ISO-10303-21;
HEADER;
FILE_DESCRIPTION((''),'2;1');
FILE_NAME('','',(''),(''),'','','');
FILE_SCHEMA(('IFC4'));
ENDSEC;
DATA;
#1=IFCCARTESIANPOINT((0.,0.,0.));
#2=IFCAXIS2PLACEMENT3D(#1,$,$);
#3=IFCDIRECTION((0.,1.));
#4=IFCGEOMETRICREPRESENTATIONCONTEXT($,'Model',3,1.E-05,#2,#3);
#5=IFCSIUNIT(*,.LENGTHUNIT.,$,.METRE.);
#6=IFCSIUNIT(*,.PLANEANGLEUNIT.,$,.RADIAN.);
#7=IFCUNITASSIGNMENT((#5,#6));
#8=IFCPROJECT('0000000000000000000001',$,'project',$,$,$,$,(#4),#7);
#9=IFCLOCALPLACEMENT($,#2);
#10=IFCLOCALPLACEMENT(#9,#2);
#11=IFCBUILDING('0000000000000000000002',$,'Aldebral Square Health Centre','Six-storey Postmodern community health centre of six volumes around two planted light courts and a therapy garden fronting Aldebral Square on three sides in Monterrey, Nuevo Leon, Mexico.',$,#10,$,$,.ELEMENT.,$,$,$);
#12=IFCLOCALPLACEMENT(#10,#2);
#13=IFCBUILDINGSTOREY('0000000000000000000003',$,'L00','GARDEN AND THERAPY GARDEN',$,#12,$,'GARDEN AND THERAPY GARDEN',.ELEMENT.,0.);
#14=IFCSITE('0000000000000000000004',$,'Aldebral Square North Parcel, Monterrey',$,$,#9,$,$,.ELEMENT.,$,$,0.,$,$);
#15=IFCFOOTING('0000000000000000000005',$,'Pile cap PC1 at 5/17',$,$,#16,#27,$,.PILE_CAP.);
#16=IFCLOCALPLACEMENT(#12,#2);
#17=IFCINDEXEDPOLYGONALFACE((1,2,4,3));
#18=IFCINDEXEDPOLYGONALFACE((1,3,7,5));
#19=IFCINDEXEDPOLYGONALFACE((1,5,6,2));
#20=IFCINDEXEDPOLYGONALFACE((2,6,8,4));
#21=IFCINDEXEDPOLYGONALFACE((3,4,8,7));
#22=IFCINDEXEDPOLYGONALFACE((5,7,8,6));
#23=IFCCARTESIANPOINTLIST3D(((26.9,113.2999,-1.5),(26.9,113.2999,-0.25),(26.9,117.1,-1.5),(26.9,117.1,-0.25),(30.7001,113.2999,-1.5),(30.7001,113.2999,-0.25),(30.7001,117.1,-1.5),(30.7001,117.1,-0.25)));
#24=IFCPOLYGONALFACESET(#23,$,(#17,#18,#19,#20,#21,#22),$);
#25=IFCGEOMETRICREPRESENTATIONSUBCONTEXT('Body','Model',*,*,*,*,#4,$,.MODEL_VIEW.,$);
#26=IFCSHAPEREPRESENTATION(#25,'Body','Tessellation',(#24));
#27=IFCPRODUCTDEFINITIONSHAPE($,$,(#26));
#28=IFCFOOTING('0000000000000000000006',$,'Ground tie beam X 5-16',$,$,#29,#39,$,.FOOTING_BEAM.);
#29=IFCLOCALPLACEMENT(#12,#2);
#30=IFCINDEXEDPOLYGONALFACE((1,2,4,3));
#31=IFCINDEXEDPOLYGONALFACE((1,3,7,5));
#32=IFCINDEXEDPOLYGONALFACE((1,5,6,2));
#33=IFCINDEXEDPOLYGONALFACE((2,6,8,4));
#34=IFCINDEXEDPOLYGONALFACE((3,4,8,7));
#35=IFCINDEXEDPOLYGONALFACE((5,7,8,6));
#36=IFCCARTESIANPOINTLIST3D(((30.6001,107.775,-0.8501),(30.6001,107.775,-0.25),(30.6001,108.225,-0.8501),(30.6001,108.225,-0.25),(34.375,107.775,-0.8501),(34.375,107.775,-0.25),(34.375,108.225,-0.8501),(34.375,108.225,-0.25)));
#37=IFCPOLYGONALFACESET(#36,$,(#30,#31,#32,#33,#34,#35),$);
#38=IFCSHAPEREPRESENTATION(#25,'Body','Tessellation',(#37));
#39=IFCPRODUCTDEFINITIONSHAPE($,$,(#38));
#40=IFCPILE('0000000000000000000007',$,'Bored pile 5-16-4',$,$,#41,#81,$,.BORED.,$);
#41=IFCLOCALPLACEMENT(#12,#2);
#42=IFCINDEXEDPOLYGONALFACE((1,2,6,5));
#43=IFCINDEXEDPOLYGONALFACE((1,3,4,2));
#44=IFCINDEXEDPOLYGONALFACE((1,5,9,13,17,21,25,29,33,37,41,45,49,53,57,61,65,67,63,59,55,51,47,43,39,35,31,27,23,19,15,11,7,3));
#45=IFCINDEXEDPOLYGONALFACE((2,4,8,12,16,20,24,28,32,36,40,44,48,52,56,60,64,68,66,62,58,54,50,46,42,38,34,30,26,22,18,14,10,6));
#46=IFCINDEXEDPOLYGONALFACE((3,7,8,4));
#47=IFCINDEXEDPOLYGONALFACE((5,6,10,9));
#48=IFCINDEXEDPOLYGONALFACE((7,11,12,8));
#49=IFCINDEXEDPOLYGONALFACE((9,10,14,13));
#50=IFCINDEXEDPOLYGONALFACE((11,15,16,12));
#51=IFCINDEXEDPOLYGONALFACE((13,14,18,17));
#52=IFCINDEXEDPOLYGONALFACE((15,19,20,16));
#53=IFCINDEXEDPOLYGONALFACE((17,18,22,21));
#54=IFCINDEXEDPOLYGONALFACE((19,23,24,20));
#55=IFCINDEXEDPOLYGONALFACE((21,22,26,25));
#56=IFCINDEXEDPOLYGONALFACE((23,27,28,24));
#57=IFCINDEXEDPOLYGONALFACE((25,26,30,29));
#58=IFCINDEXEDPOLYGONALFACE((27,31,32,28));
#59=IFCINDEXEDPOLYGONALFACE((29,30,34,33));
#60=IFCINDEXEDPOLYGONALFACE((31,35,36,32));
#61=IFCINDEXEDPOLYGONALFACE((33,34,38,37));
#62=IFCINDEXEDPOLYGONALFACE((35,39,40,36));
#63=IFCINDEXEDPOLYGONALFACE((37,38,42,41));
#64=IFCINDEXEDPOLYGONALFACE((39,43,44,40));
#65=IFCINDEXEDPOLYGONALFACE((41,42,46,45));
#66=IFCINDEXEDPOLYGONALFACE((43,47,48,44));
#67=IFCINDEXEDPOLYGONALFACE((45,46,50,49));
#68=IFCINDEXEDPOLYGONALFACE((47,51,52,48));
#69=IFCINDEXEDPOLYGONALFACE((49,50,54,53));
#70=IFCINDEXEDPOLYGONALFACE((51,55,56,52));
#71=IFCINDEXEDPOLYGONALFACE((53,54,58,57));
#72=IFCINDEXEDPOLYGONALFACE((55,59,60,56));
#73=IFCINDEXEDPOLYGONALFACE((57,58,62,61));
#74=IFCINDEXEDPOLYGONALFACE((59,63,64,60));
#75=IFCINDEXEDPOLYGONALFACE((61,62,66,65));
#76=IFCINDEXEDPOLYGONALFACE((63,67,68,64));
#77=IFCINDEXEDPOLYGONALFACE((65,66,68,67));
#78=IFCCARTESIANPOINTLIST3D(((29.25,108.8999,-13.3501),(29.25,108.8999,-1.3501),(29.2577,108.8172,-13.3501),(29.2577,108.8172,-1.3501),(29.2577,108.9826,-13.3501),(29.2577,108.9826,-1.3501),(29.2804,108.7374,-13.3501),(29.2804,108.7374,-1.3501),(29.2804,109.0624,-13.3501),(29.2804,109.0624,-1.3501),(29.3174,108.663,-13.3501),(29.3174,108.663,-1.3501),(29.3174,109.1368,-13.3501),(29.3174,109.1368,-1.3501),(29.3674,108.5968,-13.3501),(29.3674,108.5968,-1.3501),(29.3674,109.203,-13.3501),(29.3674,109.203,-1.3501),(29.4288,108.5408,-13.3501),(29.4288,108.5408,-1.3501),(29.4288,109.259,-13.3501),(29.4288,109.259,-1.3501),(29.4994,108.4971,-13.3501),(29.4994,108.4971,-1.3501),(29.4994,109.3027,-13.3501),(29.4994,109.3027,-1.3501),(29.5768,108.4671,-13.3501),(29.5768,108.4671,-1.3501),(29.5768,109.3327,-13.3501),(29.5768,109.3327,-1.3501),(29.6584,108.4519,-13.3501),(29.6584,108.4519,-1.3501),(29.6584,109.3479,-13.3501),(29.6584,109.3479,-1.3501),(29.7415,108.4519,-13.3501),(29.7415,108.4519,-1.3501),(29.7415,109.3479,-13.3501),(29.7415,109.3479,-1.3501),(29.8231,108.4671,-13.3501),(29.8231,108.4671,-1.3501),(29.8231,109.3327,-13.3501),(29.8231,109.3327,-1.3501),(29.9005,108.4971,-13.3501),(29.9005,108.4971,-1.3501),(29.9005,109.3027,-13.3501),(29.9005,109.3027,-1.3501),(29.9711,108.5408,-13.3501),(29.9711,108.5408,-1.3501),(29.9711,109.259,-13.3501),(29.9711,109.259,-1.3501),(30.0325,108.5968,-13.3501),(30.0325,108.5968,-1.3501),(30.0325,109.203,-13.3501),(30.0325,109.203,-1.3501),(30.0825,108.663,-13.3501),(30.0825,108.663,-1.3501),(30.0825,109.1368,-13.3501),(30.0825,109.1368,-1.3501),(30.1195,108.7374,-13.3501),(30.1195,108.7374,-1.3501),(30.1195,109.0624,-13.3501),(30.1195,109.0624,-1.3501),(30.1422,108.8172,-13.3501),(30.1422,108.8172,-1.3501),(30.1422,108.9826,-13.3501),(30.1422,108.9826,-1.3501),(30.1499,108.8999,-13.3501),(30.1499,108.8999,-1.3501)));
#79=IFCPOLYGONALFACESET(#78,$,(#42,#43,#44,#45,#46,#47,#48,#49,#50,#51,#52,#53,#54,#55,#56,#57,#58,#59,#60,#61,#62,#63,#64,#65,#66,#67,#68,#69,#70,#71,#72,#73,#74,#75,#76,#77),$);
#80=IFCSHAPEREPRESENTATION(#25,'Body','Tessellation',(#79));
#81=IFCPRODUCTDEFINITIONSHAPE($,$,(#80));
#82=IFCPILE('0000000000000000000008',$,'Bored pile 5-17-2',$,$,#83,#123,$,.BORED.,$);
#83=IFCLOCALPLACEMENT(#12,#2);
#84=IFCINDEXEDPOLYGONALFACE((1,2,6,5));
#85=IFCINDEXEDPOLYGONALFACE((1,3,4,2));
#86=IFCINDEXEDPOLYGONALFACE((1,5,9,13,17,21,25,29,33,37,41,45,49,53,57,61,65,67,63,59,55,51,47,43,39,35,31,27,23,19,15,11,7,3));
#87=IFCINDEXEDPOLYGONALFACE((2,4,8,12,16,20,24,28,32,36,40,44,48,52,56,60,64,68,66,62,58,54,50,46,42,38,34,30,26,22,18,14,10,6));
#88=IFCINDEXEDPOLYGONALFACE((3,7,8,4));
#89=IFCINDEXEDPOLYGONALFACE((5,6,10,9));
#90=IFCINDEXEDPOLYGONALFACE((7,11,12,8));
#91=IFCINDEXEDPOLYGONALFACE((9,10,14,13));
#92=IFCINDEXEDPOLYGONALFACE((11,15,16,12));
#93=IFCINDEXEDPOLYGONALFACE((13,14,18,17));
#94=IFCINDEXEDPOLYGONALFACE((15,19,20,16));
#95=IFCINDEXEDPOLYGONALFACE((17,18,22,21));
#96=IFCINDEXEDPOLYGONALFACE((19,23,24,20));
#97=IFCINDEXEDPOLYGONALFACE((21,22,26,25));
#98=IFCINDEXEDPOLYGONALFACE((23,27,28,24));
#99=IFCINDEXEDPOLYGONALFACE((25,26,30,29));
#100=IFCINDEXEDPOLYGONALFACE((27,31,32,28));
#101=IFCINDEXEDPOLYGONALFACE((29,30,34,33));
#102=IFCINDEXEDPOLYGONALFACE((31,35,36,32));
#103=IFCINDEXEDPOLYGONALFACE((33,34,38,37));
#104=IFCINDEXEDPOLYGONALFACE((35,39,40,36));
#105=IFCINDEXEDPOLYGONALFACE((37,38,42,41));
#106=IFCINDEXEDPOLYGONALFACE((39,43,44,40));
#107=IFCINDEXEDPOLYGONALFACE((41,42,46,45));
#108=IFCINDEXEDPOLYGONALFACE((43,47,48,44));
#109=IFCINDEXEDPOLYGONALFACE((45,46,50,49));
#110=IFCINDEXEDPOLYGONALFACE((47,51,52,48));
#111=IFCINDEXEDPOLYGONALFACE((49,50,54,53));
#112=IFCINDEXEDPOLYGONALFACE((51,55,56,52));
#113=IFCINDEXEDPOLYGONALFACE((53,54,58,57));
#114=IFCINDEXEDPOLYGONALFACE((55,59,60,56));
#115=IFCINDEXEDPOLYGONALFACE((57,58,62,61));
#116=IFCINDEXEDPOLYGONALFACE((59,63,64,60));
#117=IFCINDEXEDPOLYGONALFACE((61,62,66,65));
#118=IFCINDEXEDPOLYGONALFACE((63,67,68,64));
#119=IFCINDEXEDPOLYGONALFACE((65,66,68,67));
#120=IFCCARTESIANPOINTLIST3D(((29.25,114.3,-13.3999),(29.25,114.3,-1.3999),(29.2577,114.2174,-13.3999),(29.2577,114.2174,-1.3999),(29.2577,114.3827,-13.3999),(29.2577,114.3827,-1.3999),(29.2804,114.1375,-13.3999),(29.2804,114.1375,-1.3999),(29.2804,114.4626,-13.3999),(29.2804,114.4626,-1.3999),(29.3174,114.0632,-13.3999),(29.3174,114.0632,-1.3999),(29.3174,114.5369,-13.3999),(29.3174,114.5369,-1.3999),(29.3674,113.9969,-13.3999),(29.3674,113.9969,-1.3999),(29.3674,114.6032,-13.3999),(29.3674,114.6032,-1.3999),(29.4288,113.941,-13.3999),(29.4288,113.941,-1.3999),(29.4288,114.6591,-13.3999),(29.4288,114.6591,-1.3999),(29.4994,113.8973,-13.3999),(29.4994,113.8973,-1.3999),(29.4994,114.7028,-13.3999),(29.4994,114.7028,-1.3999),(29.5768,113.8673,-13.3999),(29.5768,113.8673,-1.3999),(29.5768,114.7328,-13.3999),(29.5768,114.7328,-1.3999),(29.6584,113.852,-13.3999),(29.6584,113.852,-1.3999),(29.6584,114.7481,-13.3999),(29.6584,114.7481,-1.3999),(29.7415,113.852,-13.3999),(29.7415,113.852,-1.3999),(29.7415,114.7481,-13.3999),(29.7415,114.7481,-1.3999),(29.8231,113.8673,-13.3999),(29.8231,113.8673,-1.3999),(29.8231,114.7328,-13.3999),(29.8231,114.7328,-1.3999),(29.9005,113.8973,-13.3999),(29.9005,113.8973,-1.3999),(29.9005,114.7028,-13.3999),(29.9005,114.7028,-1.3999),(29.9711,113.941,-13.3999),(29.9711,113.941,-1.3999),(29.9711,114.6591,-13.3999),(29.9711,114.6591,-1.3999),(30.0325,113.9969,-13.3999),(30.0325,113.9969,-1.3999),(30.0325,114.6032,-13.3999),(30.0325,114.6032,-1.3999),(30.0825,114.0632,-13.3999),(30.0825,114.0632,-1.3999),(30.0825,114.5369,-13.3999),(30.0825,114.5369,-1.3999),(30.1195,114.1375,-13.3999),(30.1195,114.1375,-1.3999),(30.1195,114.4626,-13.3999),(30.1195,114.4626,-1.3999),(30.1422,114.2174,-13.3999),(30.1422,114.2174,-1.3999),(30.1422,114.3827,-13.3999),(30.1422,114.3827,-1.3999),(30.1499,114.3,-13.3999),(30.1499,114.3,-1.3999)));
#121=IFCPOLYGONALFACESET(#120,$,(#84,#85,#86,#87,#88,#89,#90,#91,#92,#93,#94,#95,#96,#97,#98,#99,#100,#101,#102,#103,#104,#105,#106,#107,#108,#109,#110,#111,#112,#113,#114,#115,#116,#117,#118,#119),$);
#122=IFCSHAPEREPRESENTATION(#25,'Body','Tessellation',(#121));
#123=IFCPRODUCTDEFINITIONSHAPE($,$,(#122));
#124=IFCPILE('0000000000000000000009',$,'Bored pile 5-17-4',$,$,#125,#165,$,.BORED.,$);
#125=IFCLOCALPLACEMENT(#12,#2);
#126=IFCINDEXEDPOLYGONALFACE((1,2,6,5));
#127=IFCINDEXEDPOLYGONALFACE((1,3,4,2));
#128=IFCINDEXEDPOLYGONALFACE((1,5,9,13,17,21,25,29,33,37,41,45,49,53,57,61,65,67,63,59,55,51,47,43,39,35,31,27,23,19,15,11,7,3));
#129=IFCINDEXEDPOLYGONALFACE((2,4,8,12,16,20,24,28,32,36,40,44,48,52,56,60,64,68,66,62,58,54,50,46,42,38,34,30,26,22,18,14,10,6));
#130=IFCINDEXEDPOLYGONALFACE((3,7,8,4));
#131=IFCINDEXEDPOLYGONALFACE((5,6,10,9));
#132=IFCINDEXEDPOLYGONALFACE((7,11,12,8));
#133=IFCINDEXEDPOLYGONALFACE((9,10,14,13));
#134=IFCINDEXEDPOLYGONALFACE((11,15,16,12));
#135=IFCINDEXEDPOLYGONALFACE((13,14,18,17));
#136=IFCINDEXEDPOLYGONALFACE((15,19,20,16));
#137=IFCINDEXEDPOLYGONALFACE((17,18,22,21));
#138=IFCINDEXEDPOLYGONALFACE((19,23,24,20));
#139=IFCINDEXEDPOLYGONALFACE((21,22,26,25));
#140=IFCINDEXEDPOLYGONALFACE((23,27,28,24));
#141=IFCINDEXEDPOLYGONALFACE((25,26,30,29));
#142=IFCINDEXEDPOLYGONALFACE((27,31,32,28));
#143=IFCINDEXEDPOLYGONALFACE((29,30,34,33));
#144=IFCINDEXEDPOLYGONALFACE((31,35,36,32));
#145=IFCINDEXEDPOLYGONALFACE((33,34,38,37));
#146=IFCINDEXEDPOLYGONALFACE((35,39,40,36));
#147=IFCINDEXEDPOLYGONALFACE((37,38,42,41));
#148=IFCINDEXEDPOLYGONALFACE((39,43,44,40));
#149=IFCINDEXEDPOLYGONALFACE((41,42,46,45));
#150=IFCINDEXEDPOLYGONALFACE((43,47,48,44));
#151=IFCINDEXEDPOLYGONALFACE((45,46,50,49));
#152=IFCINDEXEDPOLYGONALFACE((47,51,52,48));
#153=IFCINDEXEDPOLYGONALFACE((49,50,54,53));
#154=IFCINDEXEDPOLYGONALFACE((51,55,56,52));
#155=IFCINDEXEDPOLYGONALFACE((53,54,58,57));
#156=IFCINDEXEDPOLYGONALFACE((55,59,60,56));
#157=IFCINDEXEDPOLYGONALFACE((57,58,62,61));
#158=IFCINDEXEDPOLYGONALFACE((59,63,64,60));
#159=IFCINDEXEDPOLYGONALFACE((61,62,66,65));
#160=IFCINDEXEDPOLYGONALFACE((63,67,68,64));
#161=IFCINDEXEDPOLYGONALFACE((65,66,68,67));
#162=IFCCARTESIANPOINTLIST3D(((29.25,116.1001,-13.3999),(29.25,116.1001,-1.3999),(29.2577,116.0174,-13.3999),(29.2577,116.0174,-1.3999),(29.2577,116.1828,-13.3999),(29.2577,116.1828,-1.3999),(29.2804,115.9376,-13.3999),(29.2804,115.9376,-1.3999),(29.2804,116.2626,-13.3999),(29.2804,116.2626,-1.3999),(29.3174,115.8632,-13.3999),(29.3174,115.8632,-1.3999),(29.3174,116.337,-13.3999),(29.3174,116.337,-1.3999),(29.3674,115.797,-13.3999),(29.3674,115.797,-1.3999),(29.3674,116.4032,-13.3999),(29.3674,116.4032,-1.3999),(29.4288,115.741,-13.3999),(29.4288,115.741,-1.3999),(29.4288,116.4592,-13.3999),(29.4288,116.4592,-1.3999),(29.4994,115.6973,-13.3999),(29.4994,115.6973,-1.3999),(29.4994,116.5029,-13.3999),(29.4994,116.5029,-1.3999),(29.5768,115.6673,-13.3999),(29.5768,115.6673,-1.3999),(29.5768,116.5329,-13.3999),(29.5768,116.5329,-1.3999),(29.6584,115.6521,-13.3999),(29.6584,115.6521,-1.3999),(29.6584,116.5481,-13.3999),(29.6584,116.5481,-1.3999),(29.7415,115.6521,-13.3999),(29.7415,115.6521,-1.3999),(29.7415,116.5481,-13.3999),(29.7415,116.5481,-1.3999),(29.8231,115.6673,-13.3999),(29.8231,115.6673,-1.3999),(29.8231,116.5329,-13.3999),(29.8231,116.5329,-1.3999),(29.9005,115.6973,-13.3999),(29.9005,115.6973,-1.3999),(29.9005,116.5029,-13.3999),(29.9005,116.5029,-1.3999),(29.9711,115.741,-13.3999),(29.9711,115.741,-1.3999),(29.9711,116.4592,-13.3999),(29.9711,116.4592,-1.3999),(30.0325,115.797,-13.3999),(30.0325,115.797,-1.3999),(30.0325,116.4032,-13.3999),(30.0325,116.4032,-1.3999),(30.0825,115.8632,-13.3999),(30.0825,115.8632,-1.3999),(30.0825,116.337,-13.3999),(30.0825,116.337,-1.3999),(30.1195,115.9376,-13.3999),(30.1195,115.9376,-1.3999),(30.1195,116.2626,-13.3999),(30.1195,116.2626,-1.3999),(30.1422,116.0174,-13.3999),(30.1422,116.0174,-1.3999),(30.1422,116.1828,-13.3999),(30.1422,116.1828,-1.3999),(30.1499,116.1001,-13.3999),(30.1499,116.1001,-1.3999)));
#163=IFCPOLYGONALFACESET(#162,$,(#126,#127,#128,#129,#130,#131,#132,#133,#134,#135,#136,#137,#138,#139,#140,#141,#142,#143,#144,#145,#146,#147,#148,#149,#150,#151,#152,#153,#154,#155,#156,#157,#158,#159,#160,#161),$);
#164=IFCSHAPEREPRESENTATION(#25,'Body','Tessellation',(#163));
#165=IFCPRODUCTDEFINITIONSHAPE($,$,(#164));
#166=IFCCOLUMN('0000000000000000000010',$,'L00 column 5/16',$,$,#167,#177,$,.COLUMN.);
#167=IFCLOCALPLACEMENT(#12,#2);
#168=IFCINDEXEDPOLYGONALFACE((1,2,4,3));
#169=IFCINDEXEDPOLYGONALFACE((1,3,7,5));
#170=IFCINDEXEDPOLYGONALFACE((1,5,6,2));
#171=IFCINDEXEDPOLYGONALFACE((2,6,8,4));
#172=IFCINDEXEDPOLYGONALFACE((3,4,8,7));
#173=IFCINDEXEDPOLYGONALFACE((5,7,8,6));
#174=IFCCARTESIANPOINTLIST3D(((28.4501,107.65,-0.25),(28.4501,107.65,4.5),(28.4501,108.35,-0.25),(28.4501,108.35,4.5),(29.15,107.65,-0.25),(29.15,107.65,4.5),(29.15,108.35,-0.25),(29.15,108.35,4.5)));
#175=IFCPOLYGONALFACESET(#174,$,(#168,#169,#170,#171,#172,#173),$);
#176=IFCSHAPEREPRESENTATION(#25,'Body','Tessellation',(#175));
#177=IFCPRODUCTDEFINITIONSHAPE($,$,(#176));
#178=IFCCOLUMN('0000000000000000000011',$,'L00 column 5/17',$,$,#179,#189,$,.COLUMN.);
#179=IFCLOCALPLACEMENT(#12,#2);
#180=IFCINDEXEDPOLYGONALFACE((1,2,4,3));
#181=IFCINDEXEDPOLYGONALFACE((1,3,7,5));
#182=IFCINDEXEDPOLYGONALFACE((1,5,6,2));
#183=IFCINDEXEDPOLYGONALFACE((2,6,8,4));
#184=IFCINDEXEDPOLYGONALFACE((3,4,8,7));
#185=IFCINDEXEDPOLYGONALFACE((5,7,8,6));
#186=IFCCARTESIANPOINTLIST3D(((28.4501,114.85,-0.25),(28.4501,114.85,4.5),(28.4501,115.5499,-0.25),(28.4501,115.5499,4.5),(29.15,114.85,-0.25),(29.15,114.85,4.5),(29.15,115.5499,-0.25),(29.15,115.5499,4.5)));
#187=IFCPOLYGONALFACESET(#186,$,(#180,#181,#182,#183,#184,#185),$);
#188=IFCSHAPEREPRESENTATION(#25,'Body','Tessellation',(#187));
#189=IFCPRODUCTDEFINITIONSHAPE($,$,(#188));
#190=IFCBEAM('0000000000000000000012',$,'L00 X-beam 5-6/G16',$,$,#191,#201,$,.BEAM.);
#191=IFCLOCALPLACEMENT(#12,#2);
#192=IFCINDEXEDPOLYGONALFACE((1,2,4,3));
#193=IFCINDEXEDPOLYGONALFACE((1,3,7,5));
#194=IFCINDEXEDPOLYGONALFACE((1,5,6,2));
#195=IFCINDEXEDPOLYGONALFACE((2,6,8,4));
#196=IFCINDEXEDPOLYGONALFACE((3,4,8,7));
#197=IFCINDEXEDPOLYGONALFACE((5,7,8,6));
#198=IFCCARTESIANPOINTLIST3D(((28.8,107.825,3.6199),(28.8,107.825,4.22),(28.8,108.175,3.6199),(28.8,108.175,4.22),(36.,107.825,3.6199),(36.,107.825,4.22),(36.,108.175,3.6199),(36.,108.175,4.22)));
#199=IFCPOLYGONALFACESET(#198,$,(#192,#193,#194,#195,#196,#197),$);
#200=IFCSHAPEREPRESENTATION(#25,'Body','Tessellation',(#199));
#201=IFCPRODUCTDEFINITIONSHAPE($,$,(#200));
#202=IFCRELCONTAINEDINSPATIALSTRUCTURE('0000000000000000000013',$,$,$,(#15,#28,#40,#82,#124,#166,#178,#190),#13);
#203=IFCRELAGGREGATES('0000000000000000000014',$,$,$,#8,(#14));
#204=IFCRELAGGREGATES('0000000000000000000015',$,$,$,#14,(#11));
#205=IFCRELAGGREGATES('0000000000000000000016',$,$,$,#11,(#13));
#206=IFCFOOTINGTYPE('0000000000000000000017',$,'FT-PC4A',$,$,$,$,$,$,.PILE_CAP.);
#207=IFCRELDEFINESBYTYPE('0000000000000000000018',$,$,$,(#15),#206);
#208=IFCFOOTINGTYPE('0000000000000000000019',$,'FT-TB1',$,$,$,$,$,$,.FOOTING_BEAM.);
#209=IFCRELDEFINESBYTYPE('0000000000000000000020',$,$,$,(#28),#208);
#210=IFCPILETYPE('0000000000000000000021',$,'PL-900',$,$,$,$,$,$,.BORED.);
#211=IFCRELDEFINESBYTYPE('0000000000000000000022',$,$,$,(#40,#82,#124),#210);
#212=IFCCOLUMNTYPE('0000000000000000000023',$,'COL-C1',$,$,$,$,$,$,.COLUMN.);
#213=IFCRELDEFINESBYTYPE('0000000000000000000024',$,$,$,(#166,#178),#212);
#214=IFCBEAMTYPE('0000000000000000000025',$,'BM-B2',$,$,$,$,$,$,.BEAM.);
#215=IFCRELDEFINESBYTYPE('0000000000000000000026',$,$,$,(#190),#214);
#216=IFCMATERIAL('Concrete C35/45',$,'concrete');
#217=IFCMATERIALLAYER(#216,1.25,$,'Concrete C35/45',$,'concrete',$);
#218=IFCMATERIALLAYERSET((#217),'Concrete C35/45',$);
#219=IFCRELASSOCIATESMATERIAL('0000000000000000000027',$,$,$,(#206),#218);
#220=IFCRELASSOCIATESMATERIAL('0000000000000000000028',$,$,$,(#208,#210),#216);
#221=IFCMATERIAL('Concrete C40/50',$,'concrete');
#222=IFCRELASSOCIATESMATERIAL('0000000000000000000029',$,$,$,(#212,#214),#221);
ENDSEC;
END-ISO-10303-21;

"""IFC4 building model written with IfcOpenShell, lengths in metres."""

from ifc_helpers import new_model, si_unit, direction, frame, origin, origin_2d, place, context, subcontext, project, spatial, rectangle, circle, extrude, material, layer, layer_set, material_profile, profile_set, type_object, element, save


model = new_model("IFC4")

# Units and contexts
model_context = context("Model", 3, precision=1e-05, world=origin(), true_north=direction((0.0, 1.0)))
body_context = subcontext(model_context, "Body", "Model", "MODEL_VIEW")
ifc_project = project(units=[si_unit("LENGTHUNIT", "METRE"), si_unit("PLANEANGLEUNIT", "RADIAN")], contexts=[model_context])

# Site, building, storey
site_placement = place(None, origin())
site = spatial("IfcSite", under=ifc_project, at=site_placement, Name="Aldebral Square North Parcel, Monterrey", CompositionType="ELEMENT", RefElevation=0.0)
building_placement = place(site_placement, origin())
building = spatial("IfcBuilding", under=site, at=building_placement, Name="Aldebral Square Health Centre", Description="Six-storey Postmodern community health centre of six volumes around two planted light courts and a therapy garden fronting Aldebral Square on three sides in Monterrey, Nuevo Leon, Mexico.", CompositionType="ELEMENT")
storey_placement = place(building_placement, origin())
storey = spatial("IfcBuildingStorey", under=building, at=storey_placement, Name="L00", Description="GARDEN AND THERAPY GARDEN", LongName="GARDEN AND THERAPY GARDEN", CompositionType="ELEMENT", Elevation=0.0)

# Footings
ifc_material_1 = material(Name="Concrete C35/45", Category="concrete")
ifc_layer_1 = layer(ifc_material_1, 1.25, Name="Concrete C35/45", Category="concrete")
ifc_layer_set_1 = layer_set([ifc_layer_1], Name="Concrete C35/45")
footing_type_1 = type_object("IfcFootingType", Name="FT-PC4A", PredefinedType="PILE_CAP", material=ifc_layer_set_1)
footing_1_placement = place(storey_placement, frame((28.8, 115.2, -1.5), z_axis=(0.0, 0.0, 1.0), x_axis=(1.0, 0.0, 0.0)))
element("IfcFooting", 1, at=footing_1_placement, inside=storey, type_object=footing_type_1, Name="Pile cap PC1 at 5/17", PredefinedType="PILE_CAP", context=body_context, shape_type="SweptSolid", body=[
    extrude(rectangle(XDim=3.8, YDim=3.8, at=origin_2d()), origin(), (0.0, 0.0, 1.0), 1.25),
])
ifc_material_profile_1 = material_profile(ifc_material_1, rectangle(XDim=0.45, YDim=0.6001, at=origin_2d()), Name="RC 450x600")
ifc_profile_set_1 = profile_set([ifc_material_profile_1], Name="Concrete C35/45")
footing_type_2 = type_object("IfcFootingType", Name="FT-TB1", PredefinedType="FOOTING_BEAM", material=ifc_profile_set_1)
footing_2_placement = place(storey_placement, frame((30.6001, 108.0, -0.55), z_axis=(1.0, 0.0, 0.0), x_axis=(0.0, 1.0, 0.0)))
element("IfcFooting", 2, at=footing_2_placement, inside=storey, type_object=footing_type_2, Name="Ground tie beam X 5-16", PredefinedType="FOOTING_BEAM", context=body_context, shape_type="SweptSolid", body=[
    extrude(rectangle(XDim=0.45, YDim=0.6001, at=origin_2d()), origin(), (0.0, 0.0, 1.0), 3.7749),
])

# Piles
ifc_material_profile_2 = material_profile(ifc_material_1, circle(Radius=0.45, at=origin_2d()), Name="PILE D900")
ifc_profile_set_2 = profile_set([ifc_material_profile_2], Name="Concrete C35/45")
pile_type = type_object("IfcPileType", Name="PL-900", PredefinedType="BORED", material=ifc_profile_set_2)
for number, where, z_axis, x_axis, name in (
    (3, (29.7, 108.8999, -1.3501), (0.0, 0.0, -1.0), (1.0, 0.0, 0.0), "Bored pile 5-16-4"),
    (4, (29.7, 114.3, -1.3999), (0.0, 0.0, -1.0), (1.0, 0.0, 0.0), "Bored pile 5-17-2"),
    (5, (29.7, 116.1001, -1.3999), (0.0, 0.0, -1.0), (1.0, 0.0, 0.0), "Bored pile 5-17-4"),
):
    element("IfcPile", number, at=place(storey_placement, frame(where, z_axis=z_axis, x_axis=x_axis)), inside=storey, type_object=pile_type, Name=name, PredefinedType="BORED", context=body_context, shape_type="SweptSolid", body=[
        extrude(circle(Radius=0.45, at=origin_2d()), origin(), (0.0, 0.0, 1.0), 12.0),
    ])

# Columns
ifc_material_2 = material(Name="Concrete C40/50", Category="concrete")
ifc_material_profile_3 = material_profile(ifc_material_2, rectangle(XDim=0.7, YDim=0.7, at=origin_2d()), Name="RC 700x700")
ifc_profile_set_3 = profile_set([ifc_material_profile_3], Name="Concrete C40/50")
column_type = type_object("IfcColumnType", Name="COL-C1", PredefinedType="COLUMN", material=ifc_profile_set_3)
for number, where, z_axis, x_axis, name in (
    (6, (28.8, 108.0, -0.25), (0.0, 0.0, 1.0), (1.0, 0.0, 0.0), "L00 column 5/16"),
    (7, (28.8, 115.2, -0.25), (0.0, 0.0, 1.0), (1.0, 0.0, 0.0), "L00 column 5/17"),
):
    element("IfcColumn", number, at=place(storey_placement, frame(where, z_axis=z_axis, x_axis=x_axis)), inside=storey, type_object=column_type, Name=name, PredefinedType="COLUMN", context=body_context, shape_type="SweptSolid", body=[
        extrude(rectangle(XDim=0.7, YDim=0.7, at=origin_2d()), origin(), (0.0, 0.0, 1.0), 4.75),
    ])

# Beam
ifc_material_profile_4 = material_profile(ifc_material_2, rectangle(XDim=0.3501, YDim=0.6001, at=origin_2d()), Name="RC 350x600")
ifc_profile_set_4 = profile_set([ifc_material_profile_4], Name="Concrete C40/50")
beam_type_1 = type_object("IfcBeamType", Name="BM-B2", PredefinedType="BEAM", material=ifc_profile_set_4)
beam_1_placement = place(storey_placement, frame((28.8, 108.0, 3.9199), z_axis=(1.0, 0.0, 0.0), x_axis=(0.0, 1.0, 0.0)))
element("IfcBeam", 8, at=beam_1_placement, inside=storey, type_object=beam_type_1, Name="L00 X-beam 5-6/G16", PredefinedType="BEAM", context=body_context, shape_type="SweptSolid", body=[
    extrude(rectangle(XDim=0.3501, YDim=0.6001, at=origin_2d()), origin(), (0.0, 0.0, 1.0), 7.2),
])

save(model, "model.ifc")
